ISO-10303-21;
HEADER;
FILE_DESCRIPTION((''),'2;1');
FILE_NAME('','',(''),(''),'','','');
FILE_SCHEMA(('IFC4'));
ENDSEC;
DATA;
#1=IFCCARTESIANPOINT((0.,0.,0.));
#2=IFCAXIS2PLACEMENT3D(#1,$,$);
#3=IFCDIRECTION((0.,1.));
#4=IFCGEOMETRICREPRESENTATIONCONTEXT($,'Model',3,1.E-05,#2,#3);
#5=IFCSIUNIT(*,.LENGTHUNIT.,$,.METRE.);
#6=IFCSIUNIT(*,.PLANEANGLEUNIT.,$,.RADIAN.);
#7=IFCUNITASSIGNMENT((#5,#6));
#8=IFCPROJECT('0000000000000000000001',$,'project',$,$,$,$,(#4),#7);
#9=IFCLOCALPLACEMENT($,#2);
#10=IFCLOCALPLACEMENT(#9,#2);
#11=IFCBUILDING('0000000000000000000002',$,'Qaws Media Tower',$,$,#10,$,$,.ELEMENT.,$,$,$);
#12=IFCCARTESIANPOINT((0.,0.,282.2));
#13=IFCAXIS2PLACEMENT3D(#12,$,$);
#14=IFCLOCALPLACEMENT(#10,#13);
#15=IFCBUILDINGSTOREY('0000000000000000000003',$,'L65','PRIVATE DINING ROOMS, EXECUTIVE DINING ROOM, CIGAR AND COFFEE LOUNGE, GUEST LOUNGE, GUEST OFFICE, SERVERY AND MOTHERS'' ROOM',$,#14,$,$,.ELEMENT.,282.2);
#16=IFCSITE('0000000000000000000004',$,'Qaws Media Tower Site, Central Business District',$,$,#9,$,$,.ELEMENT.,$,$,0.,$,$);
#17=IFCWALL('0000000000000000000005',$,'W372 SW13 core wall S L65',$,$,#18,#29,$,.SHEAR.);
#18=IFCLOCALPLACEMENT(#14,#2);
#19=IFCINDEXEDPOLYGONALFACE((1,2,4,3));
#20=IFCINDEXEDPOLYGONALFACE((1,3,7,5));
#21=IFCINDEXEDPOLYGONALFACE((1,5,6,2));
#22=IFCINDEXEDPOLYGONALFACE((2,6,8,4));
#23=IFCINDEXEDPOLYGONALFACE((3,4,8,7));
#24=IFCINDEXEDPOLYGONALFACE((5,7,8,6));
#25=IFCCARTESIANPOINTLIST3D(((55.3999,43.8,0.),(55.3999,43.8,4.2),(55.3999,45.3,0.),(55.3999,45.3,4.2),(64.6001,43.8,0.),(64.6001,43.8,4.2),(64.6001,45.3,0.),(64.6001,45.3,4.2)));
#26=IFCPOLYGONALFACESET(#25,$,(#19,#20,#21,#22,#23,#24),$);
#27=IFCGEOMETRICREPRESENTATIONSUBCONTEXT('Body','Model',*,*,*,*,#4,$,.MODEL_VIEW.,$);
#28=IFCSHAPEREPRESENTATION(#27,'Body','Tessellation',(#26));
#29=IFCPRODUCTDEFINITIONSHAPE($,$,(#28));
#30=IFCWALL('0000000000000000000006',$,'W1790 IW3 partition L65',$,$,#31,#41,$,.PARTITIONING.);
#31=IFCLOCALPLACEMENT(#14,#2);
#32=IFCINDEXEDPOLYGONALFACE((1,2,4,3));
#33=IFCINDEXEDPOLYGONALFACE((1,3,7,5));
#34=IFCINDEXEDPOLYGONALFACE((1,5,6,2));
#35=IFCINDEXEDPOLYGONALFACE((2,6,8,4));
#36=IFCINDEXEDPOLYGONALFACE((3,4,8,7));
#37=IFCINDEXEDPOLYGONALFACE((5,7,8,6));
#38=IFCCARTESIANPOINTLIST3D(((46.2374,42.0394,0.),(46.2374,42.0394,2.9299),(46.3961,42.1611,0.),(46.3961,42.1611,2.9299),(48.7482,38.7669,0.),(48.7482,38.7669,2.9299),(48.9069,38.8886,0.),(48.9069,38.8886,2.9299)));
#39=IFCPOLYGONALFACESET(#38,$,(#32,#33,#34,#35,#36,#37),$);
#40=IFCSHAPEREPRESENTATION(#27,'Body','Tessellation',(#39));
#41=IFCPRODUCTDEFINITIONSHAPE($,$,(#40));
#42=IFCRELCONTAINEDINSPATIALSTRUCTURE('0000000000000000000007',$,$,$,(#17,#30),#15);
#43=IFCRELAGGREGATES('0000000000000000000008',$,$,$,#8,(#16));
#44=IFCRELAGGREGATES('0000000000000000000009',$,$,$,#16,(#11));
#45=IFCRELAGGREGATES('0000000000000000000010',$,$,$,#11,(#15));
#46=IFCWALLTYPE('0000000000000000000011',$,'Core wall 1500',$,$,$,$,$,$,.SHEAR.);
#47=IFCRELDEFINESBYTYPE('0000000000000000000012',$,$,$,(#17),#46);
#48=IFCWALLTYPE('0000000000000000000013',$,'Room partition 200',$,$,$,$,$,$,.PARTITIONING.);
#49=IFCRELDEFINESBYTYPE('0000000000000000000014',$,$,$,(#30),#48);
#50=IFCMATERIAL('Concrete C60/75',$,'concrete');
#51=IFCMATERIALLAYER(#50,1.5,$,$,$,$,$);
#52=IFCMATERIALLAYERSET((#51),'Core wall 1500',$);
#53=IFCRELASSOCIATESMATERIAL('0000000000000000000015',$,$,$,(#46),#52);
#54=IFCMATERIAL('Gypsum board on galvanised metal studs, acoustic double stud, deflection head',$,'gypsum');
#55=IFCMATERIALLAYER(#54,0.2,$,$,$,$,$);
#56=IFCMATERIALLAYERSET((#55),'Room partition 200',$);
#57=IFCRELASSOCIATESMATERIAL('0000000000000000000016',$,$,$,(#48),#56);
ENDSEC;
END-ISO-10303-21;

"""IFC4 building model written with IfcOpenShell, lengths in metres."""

from ifc_helpers import new_model, si_unit, direction, frame, frame_2d, origin, place, context, subcontext, project, spatial, rectangle, extrude, material, layer, layer_set, type_object, element, save


model = new_model("IFC4")

# Units and contexts
model_context = context("Model", 3, precision=1e-05, world=origin(), true_north=direction((0.0, 1.0)))
body_context = subcontext(model_context, "Body", "Model", "MODEL_VIEW")
ifc_project = project(units=[si_unit("LENGTHUNIT", "METRE"), si_unit("PLANEANGLEUNIT", "RADIAN")], contexts=[model_context])

# Site, building, storey
site_placement = place(None, origin())
site = spatial("IfcSite", under=ifc_project, at=site_placement, Name="Qaws Media Tower Site, Central Business District", CompositionType="ELEMENT", RefElevation=0.0)
building_placement = place(site_placement, origin())
building = spatial("IfcBuilding", under=site, at=building_placement, Name="Qaws Media Tower", CompositionType="ELEMENT")
storey_placement = place(building_placement, frame((0.0, 0.0, 282.2)))
storey = spatial("IfcBuildingStorey", under=building, at=storey_placement, Name="L65", Description="PRIVATE DINING ROOMS, EXECUTIVE DINING ROOM, CIGAR AND COFFEE LOUNGE, GUEST LOUNGE, GUEST OFFICE, SERVERY AND MOTHERS' ROOM", CompositionType="ELEMENT", Elevation=282.2)

# Walls
ifc_material_1 = material(Name="Concrete C60/75", Category="concrete")
ifc_layer_1 = layer(ifc_material_1, 1.5)
ifc_layer_set_1 = layer_set([ifc_layer_1], Name="Core wall 1500")
wall_type_1 = type_object("IfcWallType", Name="Core wall 1500", PredefinedType="SHEAR", material=ifc_layer_set_1)
wall_1_placement = place(storey_placement, frame((55.3999, 44.55, 0.0), z_axis=(0.0, 0.0, 1.0), x_axis=(1.0, 0.0, 0.0)))
element("IfcWall", 1, at=wall_1_placement, inside=storey, type_object=wall_type_1, Name="W372 SW13 core wall S L65", PredefinedType="SHEAR", context=body_context, shape_type="SweptSolid", body=[
    extrude(rectangle(XDim=9.2002, YDim=1.5, at=frame_2d((4.6001, 0.0))), origin(), (0.0, 0.0, 1.0), 4.2),
])
ifc_material_2 = material(Name="Gypsum board on galvanised metal studs, acoustic double stud, deflection head", Category="gypsum")
ifc_layer_2 = layer(ifc_material_2, 0.2)
ifc_layer_set_2 = layer_set([ifc_layer_2], Name="Room partition 200")
wall_type_2 = type_object("IfcWallType", Name="Room partition 200", PredefinedType="PARTITIONING", material=ifc_layer_set_2)
wall_2_placement = place(storey_placement, frame((48.8276, 38.8276, 0.0), z_axis=(0.0, 0.0, 1.0), x_axis=(-0.608715, 0.793389, 0.0)))
element("IfcWall", 2, at=wall_2_placement, inside=storey, type_object=wall_type_2, Name="W1790 IW3 partition L65", PredefinedType="PARTITIONING", context=body_context, shape_type="SweptSolid", body=[
    extrude(rectangle(XDim=4.1248, YDim=0.2, at=frame_2d((2.0625, 0.0))), origin(), (0.0, 0.0, 1.0), 2.9299),
])

save(model, "model.ifc")
